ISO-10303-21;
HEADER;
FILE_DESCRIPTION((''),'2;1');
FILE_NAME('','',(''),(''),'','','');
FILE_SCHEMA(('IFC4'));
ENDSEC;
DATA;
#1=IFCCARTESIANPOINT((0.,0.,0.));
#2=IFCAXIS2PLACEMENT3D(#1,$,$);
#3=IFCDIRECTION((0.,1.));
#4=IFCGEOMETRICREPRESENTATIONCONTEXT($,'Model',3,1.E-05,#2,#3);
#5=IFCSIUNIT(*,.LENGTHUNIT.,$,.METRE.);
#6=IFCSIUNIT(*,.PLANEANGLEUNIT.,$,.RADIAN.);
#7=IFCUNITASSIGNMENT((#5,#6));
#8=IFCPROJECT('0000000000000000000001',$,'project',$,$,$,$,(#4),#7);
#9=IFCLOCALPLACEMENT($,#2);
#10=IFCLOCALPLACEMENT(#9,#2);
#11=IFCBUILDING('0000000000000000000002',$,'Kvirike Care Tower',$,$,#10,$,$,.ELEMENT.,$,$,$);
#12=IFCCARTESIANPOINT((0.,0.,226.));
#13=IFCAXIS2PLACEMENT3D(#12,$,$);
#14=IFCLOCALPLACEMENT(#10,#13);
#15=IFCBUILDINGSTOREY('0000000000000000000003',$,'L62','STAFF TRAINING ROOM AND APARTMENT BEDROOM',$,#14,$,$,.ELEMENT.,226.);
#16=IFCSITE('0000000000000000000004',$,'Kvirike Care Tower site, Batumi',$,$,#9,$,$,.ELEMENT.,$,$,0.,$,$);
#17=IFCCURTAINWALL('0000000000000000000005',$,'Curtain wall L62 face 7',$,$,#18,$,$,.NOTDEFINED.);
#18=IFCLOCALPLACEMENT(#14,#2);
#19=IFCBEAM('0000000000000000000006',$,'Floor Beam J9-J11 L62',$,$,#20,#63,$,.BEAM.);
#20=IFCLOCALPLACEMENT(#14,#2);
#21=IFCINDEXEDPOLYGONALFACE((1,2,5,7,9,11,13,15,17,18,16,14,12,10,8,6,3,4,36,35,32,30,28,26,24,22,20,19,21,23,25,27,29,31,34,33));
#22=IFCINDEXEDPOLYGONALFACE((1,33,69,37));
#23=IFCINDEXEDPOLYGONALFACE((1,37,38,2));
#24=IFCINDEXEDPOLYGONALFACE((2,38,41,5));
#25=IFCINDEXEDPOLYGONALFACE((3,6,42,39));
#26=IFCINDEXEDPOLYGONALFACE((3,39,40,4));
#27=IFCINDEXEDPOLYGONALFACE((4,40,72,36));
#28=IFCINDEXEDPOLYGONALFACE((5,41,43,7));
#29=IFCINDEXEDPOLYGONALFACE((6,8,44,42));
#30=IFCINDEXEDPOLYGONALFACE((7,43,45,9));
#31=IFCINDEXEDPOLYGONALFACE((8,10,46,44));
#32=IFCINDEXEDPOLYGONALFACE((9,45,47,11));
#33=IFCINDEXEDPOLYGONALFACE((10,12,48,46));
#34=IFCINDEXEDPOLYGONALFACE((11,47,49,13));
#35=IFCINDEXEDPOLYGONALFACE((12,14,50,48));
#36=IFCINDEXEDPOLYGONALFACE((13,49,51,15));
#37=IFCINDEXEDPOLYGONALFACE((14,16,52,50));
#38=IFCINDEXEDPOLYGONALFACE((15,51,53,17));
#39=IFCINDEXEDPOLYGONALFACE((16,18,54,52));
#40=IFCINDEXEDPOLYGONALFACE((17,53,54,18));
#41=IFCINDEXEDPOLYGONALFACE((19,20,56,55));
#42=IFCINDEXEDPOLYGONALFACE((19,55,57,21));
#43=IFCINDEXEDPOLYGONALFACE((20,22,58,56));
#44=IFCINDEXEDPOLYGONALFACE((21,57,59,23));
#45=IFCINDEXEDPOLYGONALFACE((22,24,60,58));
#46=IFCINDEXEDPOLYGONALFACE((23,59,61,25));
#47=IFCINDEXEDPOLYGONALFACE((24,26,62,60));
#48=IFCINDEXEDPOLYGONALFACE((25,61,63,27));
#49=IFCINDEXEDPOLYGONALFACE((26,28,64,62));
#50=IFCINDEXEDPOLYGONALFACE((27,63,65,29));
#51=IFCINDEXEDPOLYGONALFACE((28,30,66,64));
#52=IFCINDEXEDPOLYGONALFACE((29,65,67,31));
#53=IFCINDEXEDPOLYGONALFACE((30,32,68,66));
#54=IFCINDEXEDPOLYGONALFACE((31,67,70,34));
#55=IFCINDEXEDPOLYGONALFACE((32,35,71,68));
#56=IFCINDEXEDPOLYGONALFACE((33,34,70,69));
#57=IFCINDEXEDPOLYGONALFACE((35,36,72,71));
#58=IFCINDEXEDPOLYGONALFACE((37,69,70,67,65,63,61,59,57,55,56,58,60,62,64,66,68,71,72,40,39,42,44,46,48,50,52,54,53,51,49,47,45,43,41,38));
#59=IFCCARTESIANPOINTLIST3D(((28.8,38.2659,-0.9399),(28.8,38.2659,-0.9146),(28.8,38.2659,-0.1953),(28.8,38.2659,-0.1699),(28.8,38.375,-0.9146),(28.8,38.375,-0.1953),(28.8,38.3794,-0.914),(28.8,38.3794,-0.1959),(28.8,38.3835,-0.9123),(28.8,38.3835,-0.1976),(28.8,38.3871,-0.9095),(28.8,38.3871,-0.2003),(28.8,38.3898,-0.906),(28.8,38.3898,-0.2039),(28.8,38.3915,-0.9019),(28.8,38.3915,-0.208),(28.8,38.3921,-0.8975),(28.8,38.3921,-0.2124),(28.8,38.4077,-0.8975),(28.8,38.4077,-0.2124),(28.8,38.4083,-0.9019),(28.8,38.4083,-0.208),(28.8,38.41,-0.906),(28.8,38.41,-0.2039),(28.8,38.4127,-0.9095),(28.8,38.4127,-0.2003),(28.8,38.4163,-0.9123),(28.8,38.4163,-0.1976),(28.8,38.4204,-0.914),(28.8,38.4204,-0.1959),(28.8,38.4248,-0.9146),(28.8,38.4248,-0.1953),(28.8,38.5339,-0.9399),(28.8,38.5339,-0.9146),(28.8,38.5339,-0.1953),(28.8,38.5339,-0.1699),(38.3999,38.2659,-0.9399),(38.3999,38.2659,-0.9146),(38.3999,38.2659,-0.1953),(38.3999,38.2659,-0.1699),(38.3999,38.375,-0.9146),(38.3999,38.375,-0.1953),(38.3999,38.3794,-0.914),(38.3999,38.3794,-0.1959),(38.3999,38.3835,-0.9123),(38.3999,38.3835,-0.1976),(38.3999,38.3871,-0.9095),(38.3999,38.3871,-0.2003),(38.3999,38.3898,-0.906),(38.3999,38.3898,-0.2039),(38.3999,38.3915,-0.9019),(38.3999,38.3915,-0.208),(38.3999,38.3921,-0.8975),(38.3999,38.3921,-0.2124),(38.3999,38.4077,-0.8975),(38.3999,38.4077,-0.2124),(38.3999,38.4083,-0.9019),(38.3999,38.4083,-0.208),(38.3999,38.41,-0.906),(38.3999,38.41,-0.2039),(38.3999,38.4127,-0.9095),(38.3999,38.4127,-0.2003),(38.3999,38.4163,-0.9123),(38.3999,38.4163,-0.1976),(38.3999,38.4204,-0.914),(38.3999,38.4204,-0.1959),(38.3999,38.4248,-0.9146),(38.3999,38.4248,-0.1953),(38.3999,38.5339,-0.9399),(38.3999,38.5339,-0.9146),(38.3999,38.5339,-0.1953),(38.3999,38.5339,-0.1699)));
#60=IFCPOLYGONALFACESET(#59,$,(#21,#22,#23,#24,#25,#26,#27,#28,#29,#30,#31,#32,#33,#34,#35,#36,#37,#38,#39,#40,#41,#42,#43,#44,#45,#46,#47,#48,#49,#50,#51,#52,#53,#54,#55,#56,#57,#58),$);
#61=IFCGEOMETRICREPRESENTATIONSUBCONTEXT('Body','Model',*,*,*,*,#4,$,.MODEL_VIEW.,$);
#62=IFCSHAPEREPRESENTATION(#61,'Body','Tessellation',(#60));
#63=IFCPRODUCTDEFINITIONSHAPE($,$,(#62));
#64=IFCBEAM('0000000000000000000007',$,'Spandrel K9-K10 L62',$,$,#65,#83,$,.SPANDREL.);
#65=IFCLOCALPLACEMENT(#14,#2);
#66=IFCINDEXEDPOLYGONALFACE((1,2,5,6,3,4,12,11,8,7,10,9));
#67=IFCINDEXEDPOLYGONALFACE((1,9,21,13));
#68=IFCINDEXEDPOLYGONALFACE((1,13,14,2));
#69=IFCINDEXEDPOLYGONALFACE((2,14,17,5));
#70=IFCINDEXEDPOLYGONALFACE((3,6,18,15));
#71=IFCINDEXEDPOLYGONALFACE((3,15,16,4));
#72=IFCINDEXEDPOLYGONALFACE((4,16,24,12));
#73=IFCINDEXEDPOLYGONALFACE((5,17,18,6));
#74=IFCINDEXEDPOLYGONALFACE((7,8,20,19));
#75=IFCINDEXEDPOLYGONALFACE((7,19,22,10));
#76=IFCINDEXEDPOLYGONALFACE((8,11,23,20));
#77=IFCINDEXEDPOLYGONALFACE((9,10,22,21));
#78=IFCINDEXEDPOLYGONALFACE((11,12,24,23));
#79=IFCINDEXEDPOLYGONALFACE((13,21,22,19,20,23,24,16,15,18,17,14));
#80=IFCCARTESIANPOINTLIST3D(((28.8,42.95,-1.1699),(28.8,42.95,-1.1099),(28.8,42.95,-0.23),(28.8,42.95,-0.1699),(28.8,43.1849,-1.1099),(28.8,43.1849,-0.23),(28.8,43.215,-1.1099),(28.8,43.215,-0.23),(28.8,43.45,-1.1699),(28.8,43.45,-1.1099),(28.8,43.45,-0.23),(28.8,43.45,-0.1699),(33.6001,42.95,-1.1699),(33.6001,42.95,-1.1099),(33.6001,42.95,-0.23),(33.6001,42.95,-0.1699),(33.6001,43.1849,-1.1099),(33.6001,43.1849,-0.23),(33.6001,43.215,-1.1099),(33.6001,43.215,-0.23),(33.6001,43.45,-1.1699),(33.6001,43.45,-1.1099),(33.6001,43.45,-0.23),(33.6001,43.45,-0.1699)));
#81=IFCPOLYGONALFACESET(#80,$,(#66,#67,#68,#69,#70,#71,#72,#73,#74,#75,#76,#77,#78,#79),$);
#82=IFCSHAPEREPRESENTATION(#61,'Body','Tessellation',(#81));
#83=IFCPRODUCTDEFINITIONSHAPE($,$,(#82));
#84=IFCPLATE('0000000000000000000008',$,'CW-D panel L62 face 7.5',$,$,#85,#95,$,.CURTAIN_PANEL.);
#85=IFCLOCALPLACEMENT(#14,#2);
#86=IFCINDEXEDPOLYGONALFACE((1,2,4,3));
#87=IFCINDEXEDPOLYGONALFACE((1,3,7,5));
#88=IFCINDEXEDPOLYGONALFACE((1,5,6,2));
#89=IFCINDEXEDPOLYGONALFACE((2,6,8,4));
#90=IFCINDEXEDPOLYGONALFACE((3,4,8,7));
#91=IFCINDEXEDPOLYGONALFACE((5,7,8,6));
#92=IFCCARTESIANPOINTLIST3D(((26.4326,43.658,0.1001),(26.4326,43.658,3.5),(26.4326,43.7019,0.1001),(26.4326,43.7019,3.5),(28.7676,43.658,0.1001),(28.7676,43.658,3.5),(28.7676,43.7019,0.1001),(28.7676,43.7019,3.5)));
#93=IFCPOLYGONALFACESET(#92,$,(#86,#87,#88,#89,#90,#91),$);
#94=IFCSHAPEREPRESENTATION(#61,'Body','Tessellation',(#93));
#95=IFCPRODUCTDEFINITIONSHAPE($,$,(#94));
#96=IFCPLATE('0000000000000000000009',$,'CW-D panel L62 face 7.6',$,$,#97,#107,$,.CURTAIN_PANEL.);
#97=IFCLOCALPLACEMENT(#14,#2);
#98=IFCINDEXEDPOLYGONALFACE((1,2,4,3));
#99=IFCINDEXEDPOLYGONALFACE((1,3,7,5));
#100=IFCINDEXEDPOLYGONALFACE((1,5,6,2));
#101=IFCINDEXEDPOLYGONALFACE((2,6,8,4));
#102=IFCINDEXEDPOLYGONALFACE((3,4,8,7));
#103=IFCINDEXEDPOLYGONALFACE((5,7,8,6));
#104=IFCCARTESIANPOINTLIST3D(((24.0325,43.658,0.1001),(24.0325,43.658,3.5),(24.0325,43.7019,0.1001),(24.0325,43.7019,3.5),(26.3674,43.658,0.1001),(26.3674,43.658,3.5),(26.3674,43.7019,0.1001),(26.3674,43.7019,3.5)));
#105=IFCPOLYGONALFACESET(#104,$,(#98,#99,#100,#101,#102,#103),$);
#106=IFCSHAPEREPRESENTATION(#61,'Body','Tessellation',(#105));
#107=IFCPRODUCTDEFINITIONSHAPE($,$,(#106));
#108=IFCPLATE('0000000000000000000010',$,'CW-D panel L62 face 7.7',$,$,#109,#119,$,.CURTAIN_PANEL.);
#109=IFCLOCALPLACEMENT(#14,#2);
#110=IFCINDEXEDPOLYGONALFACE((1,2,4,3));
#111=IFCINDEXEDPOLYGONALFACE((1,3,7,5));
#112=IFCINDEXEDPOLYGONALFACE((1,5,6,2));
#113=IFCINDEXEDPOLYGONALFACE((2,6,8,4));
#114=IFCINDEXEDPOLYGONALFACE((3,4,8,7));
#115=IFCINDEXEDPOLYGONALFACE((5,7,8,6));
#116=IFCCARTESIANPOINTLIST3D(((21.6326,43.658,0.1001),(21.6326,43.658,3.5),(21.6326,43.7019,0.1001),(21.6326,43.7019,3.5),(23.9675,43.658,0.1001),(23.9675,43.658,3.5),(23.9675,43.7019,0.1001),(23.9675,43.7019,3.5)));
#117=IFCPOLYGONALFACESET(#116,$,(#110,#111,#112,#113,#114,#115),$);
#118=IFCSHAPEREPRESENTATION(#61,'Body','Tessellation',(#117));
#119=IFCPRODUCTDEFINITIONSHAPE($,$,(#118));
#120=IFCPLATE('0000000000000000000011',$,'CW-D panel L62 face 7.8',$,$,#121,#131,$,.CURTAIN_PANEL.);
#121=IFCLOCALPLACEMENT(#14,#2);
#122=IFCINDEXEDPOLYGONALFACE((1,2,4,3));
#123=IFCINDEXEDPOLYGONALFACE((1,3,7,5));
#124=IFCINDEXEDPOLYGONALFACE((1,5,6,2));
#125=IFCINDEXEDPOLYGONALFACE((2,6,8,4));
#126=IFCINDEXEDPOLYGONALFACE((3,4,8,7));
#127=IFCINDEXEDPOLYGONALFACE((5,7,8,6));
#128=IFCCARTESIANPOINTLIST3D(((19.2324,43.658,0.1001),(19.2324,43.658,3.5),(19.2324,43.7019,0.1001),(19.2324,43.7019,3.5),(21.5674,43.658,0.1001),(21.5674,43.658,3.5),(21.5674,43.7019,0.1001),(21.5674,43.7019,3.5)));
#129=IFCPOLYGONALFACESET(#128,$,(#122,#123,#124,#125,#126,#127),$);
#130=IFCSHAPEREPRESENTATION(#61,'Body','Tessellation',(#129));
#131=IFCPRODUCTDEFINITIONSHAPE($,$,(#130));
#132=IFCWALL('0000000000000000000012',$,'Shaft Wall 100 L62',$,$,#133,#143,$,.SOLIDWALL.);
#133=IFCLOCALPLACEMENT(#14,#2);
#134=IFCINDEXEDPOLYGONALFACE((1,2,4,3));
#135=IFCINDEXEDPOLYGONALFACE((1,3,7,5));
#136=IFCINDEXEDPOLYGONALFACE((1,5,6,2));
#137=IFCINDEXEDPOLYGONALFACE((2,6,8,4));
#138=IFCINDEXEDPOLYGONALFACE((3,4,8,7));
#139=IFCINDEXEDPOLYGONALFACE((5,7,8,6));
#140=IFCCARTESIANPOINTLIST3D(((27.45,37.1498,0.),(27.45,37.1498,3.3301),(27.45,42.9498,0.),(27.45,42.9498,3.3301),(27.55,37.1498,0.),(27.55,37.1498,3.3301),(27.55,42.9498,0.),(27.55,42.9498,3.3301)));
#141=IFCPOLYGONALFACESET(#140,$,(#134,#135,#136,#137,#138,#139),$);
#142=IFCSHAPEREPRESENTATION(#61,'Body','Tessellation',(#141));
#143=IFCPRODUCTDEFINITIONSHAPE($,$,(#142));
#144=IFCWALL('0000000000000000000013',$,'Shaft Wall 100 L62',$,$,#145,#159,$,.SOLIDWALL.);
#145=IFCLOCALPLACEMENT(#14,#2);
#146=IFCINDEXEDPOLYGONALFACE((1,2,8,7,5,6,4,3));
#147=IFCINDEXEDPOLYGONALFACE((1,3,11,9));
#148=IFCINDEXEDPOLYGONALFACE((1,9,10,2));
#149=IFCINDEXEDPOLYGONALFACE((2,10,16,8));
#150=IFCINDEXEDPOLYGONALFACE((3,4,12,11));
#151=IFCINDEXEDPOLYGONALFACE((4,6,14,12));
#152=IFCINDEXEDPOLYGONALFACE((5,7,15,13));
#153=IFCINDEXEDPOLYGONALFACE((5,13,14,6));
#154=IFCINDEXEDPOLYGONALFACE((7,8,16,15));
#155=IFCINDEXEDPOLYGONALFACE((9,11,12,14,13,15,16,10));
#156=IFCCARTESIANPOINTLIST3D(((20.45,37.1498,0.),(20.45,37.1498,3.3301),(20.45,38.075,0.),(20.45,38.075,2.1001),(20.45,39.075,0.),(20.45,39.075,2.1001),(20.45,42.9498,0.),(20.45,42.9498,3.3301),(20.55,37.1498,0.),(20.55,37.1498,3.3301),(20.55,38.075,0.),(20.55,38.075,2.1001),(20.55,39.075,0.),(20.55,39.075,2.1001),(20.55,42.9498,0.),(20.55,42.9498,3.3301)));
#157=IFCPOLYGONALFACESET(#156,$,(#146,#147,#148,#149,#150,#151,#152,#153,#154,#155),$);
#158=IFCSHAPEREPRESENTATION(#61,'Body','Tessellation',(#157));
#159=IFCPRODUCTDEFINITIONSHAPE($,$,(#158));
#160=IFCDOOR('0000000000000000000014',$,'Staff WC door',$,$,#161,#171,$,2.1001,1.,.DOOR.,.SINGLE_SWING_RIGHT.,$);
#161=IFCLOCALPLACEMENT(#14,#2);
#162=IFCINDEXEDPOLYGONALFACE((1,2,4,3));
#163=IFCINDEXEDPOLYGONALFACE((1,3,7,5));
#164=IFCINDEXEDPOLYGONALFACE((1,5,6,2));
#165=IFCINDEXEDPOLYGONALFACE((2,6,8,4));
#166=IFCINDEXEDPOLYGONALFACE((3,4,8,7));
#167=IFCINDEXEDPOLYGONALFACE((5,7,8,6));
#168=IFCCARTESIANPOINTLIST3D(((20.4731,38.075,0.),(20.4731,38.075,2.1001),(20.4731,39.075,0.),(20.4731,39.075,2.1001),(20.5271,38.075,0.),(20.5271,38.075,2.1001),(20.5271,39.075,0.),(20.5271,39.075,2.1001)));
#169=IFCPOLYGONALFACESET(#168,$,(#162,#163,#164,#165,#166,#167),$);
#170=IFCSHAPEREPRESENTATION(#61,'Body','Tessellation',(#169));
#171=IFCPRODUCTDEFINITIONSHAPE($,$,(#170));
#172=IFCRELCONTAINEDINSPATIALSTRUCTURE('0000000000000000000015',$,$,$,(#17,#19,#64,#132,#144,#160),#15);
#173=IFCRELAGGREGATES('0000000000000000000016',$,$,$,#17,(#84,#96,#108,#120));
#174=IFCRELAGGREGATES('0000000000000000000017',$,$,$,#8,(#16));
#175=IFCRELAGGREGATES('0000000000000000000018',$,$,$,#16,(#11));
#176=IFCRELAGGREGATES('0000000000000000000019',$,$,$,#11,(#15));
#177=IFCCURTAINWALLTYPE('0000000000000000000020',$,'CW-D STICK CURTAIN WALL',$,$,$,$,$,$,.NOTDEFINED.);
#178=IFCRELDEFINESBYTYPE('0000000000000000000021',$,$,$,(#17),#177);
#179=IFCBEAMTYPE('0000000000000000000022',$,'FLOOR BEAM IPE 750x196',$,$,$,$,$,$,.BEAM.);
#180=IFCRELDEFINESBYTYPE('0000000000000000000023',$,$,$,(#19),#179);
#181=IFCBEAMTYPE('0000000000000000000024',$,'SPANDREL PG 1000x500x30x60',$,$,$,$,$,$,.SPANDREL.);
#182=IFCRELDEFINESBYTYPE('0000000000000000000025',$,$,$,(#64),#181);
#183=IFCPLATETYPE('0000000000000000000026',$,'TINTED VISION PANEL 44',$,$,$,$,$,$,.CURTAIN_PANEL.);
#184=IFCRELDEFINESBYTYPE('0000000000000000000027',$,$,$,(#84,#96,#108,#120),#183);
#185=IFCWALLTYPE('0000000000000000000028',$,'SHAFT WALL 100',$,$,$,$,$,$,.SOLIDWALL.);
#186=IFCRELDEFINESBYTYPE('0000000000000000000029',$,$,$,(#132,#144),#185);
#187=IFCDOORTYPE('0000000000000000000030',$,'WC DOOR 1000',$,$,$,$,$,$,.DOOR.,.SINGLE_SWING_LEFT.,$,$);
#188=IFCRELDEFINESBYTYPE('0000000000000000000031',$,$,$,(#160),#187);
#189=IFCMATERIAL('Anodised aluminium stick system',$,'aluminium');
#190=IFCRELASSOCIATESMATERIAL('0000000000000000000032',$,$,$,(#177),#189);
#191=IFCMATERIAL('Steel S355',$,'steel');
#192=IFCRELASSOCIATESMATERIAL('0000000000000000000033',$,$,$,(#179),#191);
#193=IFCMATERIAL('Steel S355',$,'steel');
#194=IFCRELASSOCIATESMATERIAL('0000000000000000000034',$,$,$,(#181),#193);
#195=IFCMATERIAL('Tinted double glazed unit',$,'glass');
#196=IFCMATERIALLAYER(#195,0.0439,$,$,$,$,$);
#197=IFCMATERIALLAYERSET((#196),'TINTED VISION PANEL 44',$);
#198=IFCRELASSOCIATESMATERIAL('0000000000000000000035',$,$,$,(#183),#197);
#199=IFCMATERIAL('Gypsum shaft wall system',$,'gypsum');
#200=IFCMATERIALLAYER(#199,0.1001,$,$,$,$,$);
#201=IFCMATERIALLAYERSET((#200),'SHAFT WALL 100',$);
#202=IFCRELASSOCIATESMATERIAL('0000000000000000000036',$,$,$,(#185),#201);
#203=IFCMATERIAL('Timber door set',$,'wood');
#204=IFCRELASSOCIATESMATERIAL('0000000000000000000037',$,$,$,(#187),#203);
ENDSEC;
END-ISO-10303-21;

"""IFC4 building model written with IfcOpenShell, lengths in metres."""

from ifc_helpers import new_model, si_unit, direction, frame, frame_2d, origin, origin_2d, place, context, subcontext, project, spatial, rectangle, i_section, extrude, material, layer, layer_set, material_profile, profile_set, type_object, element, fill, aggregate, save


model = new_model("IFC4")

# Units and contexts
model_context = context("Model", 3, precision=1e-05, world=origin(), true_north=direction((0.0, 1.0)))
body_context = subcontext(model_context, "Body", "Model", "MODEL_VIEW")
ifc_project = project(units=[si_unit("LENGTHUNIT", "METRE"), si_unit("PLANEANGLEUNIT", "RADIAN")], contexts=[model_context])

# Site, building, storey
site_placement = place(None, origin())
site = spatial("IfcSite", under=ifc_project, at=site_placement, Name="Kvirike Care Tower site, Batumi", CompositionType="ELEMENT", RefElevation=0.0)
building_placement = place(site_placement, origin())
building = spatial("IfcBuilding", under=site, at=building_placement, Name="Kvirike Care Tower", CompositionType="ELEMENT")
storey_placement = place(building_placement, frame((0.0, 0.0, 226.0)))
storey = spatial("IfcBuildingStorey", under=building, at=storey_placement, Name="L62", Description="STAFF TRAINING ROOM AND APARTMENT BEDROOM", CompositionType="ELEMENT", Elevation=226.0)

# Curtain wall
ifc_material_1 = material(Name="Anodised aluminium stick system", Category="aluminium")
curtain_wall_type = type_object("IfcCurtainWallType", Name="CW-D STICK CURTAIN WALL", PredefinedType="NOTDEFINED", material=ifc_material_1)
curtain_wall_placement = place(storey_placement, origin())
curtain_wall = element("IfcCurtainWall", 1, at=curtain_wall_placement, inside=storey, type_object=curtain_wall_type, Name="Curtain wall L62 face 7", PredefinedType="NOTDEFINED")

# Beams
ifc_material_2 = material(Name="Steel S355", Category="steel")
ifc_material_profile_1 = material_profile(ifc_material_2, i_section(OverallWidth=0.2681, OverallDepth=0.77, WebThickness=0.0156, FlangeThickness=0.0254, FilletRadius=0.0171, at=origin_2d()), Name="IPE 750x196")
ifc_profile_set_1 = profile_set([ifc_material_profile_1], Name="Steel S355")
beam_type_1 = type_object("IfcBeamType", Name="FLOOR BEAM IPE 750x196", PredefinedType="BEAM", material=ifc_profile_set_1)
for number, where, z_axis, x_axis, name in (
    (2, (28.8, 38.3999, -0.5549), (1.0, 0.0, 0.0), (0.0, 1.0, 0.0), "Floor Beam J9-J11 L62"),
):
    element("IfcBeam", number, at=place(storey_placement, frame(where, z_axis=z_axis, x_axis=x_axis)), inside=storey, type_object=beam_type_1, Name=name, PredefinedType="BEAM", context=body_context, shape_type="SweptSolid", body=[
        extrude(i_section(OverallWidth=0.2681, OverallDepth=0.77, WebThickness=0.0156, FlangeThickness=0.0254, FilletRadius=0.0171, at=origin_2d()), origin(), (0.0, 0.0, 1.0), 9.5999),
    ])
ifc_material_3 = material(Name="Steel S355", Category="steel")
ifc_material_profile_2 = material_profile(ifc_material_3, i_section(OverallWidth=0.5, OverallDepth=1.0, WebThickness=0.03, FlangeThickness=0.0601, at=origin_2d()), Name="PG 1000x500x30x60")
ifc_profile_set_2 = profile_set([ifc_material_profile_2], Name="Steel S355")
beam_type_2 = type_object("IfcBeamType", Name="SPANDREL PG 1000x500x30x60", PredefinedType="SPANDREL", material=ifc_profile_set_2)
beam_placement = place(storey_placement, frame((28.8, 43.2, -0.6699), z_axis=(1.0, 0.0, 0.0), x_axis=(0.0, 1.0, 0.0)))
element("IfcBeam", 3, at=beam_placement, inside=storey, type_object=beam_type_2, Name="Spandrel K9-K10 L62", PredefinedType="SPANDREL", context=body_context, shape_type="SweptSolid", body=[
    extrude(i_section(OverallWidth=0.5, OverallDepth=1.0, WebThickness=0.03, FlangeThickness=0.0601, at=origin_2d()), origin(), (0.0, 0.0, 1.0), 4.8),
])

# Plates
ifc_material_4 = material(Name="Tinted double glazed unit", Category="glass")
ifc_layer_1 = layer(ifc_material_4, 0.0439)
ifc_layer_set_1 = layer_set([ifc_layer_1], Name="TINTED VISION PANEL 44")
plate_type = type_object("IfcPlateType", Name="TINTED VISION PANEL 44", PredefinedType="CURTAIN_PANEL", material=ifc_layer_set_1)
plate_1_placement = place(storey_placement, frame((27.6001, 43.6799, 0.1001), z_axis=(0.0, 0.0, 1.0), x_axis=(-1.0, 0.0, 0.0)))
plate_1 = element("IfcPlate", 4, at=plate_1_placement, type_object=plate_type, Name="CW-D panel L62 face 7.5", PredefinedType="CURTAIN_PANEL", context=body_context, shape_type="SweptSolid", body=[
    extrude(rectangle(XDim=2.335, YDim=0.0439, at=origin_2d()), origin(), (0.0, 0.0, 1.0), 3.3999),
])
plate_2_placement = place(storey_placement, frame((25.2, 43.6799, 0.1001), z_axis=(0.0, 0.0, 1.0), x_axis=(-1.0, 0.0, 0.0)))
plate_2 = element("IfcPlate", 5, at=plate_2_placement, type_object=plate_type, Name="CW-D panel L62 face 7.6", PredefinedType="CURTAIN_PANEL", context=body_context, shape_type="SweptSolid", body=[
    extrude(rectangle(XDim=2.335, YDim=0.0439, at=origin_2d()), origin(), (0.0, 0.0, 1.0), 3.3999),
])
plate_3_placement = place(storey_placement, frame((22.8, 43.6799, 0.1001), z_axis=(0.0, 0.0, 1.0), x_axis=(-1.0, 0.0, 0.0)))
plate_3 = element("IfcPlate", 6, at=plate_3_placement, type_object=plate_type, Name="CW-D panel L62 face 7.7", PredefinedType="CURTAIN_PANEL", context=body_context, shape_type="SweptSolid", body=[
    extrude(rectangle(XDim=2.335, YDim=0.0439, at=origin_2d()), origin(), (0.0, 0.0, 1.0), 3.3999),
])
plate_4_placement = place(storey_placement, frame((20.3999, 43.6799, 0.1001), z_axis=(0.0, 0.0, 1.0), x_axis=(-1.0, 0.0, 0.0)))
plate_4 = element("IfcPlate", 7, at=plate_4_placement, type_object=plate_type, Name="CW-D panel L62 face 7.8", PredefinedType="CURTAIN_PANEL", context=body_context, shape_type="SweptSolid", body=[
    extrude(rectangle(XDim=2.335, YDim=0.0439, at=origin_2d()), origin(), (0.0, 0.0, 1.0), 3.3999),
])
aggregate(curtain_wall, [plate_1, plate_2, plate_3, plate_4])

# Wall
ifc_material_5 = material(Name="Gypsum shaft wall system", Category="gypsum")
ifc_layer_2 = layer(ifc_material_5, 0.1001)
ifc_layer_set_2 = layer_set([ifc_layer_2], Name="SHAFT WALL 100")
wall_type = type_object("IfcWallType", Name="SHAFT WALL 100", PredefinedType="SOLIDWALL", material=ifc_layer_set_2)
wall_1_placement = place(storey_placement, frame((27.5, 37.1499, 0.0), z_axis=(0.0, 0.0, 1.0), x_axis=(0.0, 1.0, 0.0)))
element("IfcWall", 8, at=wall_1_placement, inside=storey, type_object=wall_type, Name="Shaft Wall 100 L62", PredefinedType="SOLIDWALL", context=body_context, shape_type="SweptSolid", body=[
    extrude(rectangle(XDim=5.8, YDim=0.1001, at=frame_2d((2.8999, 0.0))), origin(), (0.0, 0.0, 1.0), 3.3301),
])

# Wall, opening, door
wall_2_placement = place(storey_placement, frame((20.5, 37.1499, 0.0), z_axis=(0.0, 0.0, 1.0), x_axis=(0.0, 1.0, 0.0)))
wall_2 = element("IfcWall", 9, at=wall_2_placement, inside=storey, type_object=wall_type, Name="Shaft Wall 100 L62", PredefinedType="SOLIDWALL", context=body_context, shape_type="SweptSolid", body=[
    extrude(rectangle(XDim=5.8, YDim=0.1001, at=frame_2d((2.8999, 0.0))), origin(), (0.0, 0.0, 1.0), 3.3301),
])
opening_1_placement = place(wall_2_placement, frame((0.925, 0.0, 0.0)))
opening_1 = element("IfcOpeningElement", 10, at=opening_1_placement, cuts=wall_2, PredefinedType="OPENING", context=body_context, shape_type="SweptSolid", body=[
    extrude(rectangle(XDim=1.0, YDim=2.1001, at=frame_2d((0.5, 1.05))), frame((0.0, 0.0605, 0.0), z_axis=(0.0, -1.0, 0.0), x_axis=(1.0, 0.0, 0.0)), (0.0, 0.0, 1.0), 0.1211),
])
ifc_material_6 = material(Name="Timber door set", Category="wood")
door_type_1 = type_object("IfcDoorType", Name="WC DOOR 1000", OperationType="SINGLE_SWING_LEFT", PredefinedType="DOOR", material=ifc_material_6)
door_1_placement = place(opening_1_placement, origin())
door_1 = element("IfcDoor", 11, at=door_1_placement, inside=storey, type_object=door_type_1, Name="Staff WC door", OperationType="SINGLE_SWING_RIGHT", OverallHeight=2.1001, OverallWidth=1.0, PredefinedType="DOOR", context=body_context, shape_type="SweptSolid", body=[
    extrude(rectangle(XDim=1.0, YDim=2.1001, at=frame_2d((0.5, 1.05))), frame((0.0, 0.0269, 0.0), z_axis=(0.0, -1.0, 0.0), x_axis=(1.0, 0.0, 0.0)), (0.0, 0.0, 1.0), 0.054),
])
fill(opening_1, door_1)

save(model, "model.ifc")
